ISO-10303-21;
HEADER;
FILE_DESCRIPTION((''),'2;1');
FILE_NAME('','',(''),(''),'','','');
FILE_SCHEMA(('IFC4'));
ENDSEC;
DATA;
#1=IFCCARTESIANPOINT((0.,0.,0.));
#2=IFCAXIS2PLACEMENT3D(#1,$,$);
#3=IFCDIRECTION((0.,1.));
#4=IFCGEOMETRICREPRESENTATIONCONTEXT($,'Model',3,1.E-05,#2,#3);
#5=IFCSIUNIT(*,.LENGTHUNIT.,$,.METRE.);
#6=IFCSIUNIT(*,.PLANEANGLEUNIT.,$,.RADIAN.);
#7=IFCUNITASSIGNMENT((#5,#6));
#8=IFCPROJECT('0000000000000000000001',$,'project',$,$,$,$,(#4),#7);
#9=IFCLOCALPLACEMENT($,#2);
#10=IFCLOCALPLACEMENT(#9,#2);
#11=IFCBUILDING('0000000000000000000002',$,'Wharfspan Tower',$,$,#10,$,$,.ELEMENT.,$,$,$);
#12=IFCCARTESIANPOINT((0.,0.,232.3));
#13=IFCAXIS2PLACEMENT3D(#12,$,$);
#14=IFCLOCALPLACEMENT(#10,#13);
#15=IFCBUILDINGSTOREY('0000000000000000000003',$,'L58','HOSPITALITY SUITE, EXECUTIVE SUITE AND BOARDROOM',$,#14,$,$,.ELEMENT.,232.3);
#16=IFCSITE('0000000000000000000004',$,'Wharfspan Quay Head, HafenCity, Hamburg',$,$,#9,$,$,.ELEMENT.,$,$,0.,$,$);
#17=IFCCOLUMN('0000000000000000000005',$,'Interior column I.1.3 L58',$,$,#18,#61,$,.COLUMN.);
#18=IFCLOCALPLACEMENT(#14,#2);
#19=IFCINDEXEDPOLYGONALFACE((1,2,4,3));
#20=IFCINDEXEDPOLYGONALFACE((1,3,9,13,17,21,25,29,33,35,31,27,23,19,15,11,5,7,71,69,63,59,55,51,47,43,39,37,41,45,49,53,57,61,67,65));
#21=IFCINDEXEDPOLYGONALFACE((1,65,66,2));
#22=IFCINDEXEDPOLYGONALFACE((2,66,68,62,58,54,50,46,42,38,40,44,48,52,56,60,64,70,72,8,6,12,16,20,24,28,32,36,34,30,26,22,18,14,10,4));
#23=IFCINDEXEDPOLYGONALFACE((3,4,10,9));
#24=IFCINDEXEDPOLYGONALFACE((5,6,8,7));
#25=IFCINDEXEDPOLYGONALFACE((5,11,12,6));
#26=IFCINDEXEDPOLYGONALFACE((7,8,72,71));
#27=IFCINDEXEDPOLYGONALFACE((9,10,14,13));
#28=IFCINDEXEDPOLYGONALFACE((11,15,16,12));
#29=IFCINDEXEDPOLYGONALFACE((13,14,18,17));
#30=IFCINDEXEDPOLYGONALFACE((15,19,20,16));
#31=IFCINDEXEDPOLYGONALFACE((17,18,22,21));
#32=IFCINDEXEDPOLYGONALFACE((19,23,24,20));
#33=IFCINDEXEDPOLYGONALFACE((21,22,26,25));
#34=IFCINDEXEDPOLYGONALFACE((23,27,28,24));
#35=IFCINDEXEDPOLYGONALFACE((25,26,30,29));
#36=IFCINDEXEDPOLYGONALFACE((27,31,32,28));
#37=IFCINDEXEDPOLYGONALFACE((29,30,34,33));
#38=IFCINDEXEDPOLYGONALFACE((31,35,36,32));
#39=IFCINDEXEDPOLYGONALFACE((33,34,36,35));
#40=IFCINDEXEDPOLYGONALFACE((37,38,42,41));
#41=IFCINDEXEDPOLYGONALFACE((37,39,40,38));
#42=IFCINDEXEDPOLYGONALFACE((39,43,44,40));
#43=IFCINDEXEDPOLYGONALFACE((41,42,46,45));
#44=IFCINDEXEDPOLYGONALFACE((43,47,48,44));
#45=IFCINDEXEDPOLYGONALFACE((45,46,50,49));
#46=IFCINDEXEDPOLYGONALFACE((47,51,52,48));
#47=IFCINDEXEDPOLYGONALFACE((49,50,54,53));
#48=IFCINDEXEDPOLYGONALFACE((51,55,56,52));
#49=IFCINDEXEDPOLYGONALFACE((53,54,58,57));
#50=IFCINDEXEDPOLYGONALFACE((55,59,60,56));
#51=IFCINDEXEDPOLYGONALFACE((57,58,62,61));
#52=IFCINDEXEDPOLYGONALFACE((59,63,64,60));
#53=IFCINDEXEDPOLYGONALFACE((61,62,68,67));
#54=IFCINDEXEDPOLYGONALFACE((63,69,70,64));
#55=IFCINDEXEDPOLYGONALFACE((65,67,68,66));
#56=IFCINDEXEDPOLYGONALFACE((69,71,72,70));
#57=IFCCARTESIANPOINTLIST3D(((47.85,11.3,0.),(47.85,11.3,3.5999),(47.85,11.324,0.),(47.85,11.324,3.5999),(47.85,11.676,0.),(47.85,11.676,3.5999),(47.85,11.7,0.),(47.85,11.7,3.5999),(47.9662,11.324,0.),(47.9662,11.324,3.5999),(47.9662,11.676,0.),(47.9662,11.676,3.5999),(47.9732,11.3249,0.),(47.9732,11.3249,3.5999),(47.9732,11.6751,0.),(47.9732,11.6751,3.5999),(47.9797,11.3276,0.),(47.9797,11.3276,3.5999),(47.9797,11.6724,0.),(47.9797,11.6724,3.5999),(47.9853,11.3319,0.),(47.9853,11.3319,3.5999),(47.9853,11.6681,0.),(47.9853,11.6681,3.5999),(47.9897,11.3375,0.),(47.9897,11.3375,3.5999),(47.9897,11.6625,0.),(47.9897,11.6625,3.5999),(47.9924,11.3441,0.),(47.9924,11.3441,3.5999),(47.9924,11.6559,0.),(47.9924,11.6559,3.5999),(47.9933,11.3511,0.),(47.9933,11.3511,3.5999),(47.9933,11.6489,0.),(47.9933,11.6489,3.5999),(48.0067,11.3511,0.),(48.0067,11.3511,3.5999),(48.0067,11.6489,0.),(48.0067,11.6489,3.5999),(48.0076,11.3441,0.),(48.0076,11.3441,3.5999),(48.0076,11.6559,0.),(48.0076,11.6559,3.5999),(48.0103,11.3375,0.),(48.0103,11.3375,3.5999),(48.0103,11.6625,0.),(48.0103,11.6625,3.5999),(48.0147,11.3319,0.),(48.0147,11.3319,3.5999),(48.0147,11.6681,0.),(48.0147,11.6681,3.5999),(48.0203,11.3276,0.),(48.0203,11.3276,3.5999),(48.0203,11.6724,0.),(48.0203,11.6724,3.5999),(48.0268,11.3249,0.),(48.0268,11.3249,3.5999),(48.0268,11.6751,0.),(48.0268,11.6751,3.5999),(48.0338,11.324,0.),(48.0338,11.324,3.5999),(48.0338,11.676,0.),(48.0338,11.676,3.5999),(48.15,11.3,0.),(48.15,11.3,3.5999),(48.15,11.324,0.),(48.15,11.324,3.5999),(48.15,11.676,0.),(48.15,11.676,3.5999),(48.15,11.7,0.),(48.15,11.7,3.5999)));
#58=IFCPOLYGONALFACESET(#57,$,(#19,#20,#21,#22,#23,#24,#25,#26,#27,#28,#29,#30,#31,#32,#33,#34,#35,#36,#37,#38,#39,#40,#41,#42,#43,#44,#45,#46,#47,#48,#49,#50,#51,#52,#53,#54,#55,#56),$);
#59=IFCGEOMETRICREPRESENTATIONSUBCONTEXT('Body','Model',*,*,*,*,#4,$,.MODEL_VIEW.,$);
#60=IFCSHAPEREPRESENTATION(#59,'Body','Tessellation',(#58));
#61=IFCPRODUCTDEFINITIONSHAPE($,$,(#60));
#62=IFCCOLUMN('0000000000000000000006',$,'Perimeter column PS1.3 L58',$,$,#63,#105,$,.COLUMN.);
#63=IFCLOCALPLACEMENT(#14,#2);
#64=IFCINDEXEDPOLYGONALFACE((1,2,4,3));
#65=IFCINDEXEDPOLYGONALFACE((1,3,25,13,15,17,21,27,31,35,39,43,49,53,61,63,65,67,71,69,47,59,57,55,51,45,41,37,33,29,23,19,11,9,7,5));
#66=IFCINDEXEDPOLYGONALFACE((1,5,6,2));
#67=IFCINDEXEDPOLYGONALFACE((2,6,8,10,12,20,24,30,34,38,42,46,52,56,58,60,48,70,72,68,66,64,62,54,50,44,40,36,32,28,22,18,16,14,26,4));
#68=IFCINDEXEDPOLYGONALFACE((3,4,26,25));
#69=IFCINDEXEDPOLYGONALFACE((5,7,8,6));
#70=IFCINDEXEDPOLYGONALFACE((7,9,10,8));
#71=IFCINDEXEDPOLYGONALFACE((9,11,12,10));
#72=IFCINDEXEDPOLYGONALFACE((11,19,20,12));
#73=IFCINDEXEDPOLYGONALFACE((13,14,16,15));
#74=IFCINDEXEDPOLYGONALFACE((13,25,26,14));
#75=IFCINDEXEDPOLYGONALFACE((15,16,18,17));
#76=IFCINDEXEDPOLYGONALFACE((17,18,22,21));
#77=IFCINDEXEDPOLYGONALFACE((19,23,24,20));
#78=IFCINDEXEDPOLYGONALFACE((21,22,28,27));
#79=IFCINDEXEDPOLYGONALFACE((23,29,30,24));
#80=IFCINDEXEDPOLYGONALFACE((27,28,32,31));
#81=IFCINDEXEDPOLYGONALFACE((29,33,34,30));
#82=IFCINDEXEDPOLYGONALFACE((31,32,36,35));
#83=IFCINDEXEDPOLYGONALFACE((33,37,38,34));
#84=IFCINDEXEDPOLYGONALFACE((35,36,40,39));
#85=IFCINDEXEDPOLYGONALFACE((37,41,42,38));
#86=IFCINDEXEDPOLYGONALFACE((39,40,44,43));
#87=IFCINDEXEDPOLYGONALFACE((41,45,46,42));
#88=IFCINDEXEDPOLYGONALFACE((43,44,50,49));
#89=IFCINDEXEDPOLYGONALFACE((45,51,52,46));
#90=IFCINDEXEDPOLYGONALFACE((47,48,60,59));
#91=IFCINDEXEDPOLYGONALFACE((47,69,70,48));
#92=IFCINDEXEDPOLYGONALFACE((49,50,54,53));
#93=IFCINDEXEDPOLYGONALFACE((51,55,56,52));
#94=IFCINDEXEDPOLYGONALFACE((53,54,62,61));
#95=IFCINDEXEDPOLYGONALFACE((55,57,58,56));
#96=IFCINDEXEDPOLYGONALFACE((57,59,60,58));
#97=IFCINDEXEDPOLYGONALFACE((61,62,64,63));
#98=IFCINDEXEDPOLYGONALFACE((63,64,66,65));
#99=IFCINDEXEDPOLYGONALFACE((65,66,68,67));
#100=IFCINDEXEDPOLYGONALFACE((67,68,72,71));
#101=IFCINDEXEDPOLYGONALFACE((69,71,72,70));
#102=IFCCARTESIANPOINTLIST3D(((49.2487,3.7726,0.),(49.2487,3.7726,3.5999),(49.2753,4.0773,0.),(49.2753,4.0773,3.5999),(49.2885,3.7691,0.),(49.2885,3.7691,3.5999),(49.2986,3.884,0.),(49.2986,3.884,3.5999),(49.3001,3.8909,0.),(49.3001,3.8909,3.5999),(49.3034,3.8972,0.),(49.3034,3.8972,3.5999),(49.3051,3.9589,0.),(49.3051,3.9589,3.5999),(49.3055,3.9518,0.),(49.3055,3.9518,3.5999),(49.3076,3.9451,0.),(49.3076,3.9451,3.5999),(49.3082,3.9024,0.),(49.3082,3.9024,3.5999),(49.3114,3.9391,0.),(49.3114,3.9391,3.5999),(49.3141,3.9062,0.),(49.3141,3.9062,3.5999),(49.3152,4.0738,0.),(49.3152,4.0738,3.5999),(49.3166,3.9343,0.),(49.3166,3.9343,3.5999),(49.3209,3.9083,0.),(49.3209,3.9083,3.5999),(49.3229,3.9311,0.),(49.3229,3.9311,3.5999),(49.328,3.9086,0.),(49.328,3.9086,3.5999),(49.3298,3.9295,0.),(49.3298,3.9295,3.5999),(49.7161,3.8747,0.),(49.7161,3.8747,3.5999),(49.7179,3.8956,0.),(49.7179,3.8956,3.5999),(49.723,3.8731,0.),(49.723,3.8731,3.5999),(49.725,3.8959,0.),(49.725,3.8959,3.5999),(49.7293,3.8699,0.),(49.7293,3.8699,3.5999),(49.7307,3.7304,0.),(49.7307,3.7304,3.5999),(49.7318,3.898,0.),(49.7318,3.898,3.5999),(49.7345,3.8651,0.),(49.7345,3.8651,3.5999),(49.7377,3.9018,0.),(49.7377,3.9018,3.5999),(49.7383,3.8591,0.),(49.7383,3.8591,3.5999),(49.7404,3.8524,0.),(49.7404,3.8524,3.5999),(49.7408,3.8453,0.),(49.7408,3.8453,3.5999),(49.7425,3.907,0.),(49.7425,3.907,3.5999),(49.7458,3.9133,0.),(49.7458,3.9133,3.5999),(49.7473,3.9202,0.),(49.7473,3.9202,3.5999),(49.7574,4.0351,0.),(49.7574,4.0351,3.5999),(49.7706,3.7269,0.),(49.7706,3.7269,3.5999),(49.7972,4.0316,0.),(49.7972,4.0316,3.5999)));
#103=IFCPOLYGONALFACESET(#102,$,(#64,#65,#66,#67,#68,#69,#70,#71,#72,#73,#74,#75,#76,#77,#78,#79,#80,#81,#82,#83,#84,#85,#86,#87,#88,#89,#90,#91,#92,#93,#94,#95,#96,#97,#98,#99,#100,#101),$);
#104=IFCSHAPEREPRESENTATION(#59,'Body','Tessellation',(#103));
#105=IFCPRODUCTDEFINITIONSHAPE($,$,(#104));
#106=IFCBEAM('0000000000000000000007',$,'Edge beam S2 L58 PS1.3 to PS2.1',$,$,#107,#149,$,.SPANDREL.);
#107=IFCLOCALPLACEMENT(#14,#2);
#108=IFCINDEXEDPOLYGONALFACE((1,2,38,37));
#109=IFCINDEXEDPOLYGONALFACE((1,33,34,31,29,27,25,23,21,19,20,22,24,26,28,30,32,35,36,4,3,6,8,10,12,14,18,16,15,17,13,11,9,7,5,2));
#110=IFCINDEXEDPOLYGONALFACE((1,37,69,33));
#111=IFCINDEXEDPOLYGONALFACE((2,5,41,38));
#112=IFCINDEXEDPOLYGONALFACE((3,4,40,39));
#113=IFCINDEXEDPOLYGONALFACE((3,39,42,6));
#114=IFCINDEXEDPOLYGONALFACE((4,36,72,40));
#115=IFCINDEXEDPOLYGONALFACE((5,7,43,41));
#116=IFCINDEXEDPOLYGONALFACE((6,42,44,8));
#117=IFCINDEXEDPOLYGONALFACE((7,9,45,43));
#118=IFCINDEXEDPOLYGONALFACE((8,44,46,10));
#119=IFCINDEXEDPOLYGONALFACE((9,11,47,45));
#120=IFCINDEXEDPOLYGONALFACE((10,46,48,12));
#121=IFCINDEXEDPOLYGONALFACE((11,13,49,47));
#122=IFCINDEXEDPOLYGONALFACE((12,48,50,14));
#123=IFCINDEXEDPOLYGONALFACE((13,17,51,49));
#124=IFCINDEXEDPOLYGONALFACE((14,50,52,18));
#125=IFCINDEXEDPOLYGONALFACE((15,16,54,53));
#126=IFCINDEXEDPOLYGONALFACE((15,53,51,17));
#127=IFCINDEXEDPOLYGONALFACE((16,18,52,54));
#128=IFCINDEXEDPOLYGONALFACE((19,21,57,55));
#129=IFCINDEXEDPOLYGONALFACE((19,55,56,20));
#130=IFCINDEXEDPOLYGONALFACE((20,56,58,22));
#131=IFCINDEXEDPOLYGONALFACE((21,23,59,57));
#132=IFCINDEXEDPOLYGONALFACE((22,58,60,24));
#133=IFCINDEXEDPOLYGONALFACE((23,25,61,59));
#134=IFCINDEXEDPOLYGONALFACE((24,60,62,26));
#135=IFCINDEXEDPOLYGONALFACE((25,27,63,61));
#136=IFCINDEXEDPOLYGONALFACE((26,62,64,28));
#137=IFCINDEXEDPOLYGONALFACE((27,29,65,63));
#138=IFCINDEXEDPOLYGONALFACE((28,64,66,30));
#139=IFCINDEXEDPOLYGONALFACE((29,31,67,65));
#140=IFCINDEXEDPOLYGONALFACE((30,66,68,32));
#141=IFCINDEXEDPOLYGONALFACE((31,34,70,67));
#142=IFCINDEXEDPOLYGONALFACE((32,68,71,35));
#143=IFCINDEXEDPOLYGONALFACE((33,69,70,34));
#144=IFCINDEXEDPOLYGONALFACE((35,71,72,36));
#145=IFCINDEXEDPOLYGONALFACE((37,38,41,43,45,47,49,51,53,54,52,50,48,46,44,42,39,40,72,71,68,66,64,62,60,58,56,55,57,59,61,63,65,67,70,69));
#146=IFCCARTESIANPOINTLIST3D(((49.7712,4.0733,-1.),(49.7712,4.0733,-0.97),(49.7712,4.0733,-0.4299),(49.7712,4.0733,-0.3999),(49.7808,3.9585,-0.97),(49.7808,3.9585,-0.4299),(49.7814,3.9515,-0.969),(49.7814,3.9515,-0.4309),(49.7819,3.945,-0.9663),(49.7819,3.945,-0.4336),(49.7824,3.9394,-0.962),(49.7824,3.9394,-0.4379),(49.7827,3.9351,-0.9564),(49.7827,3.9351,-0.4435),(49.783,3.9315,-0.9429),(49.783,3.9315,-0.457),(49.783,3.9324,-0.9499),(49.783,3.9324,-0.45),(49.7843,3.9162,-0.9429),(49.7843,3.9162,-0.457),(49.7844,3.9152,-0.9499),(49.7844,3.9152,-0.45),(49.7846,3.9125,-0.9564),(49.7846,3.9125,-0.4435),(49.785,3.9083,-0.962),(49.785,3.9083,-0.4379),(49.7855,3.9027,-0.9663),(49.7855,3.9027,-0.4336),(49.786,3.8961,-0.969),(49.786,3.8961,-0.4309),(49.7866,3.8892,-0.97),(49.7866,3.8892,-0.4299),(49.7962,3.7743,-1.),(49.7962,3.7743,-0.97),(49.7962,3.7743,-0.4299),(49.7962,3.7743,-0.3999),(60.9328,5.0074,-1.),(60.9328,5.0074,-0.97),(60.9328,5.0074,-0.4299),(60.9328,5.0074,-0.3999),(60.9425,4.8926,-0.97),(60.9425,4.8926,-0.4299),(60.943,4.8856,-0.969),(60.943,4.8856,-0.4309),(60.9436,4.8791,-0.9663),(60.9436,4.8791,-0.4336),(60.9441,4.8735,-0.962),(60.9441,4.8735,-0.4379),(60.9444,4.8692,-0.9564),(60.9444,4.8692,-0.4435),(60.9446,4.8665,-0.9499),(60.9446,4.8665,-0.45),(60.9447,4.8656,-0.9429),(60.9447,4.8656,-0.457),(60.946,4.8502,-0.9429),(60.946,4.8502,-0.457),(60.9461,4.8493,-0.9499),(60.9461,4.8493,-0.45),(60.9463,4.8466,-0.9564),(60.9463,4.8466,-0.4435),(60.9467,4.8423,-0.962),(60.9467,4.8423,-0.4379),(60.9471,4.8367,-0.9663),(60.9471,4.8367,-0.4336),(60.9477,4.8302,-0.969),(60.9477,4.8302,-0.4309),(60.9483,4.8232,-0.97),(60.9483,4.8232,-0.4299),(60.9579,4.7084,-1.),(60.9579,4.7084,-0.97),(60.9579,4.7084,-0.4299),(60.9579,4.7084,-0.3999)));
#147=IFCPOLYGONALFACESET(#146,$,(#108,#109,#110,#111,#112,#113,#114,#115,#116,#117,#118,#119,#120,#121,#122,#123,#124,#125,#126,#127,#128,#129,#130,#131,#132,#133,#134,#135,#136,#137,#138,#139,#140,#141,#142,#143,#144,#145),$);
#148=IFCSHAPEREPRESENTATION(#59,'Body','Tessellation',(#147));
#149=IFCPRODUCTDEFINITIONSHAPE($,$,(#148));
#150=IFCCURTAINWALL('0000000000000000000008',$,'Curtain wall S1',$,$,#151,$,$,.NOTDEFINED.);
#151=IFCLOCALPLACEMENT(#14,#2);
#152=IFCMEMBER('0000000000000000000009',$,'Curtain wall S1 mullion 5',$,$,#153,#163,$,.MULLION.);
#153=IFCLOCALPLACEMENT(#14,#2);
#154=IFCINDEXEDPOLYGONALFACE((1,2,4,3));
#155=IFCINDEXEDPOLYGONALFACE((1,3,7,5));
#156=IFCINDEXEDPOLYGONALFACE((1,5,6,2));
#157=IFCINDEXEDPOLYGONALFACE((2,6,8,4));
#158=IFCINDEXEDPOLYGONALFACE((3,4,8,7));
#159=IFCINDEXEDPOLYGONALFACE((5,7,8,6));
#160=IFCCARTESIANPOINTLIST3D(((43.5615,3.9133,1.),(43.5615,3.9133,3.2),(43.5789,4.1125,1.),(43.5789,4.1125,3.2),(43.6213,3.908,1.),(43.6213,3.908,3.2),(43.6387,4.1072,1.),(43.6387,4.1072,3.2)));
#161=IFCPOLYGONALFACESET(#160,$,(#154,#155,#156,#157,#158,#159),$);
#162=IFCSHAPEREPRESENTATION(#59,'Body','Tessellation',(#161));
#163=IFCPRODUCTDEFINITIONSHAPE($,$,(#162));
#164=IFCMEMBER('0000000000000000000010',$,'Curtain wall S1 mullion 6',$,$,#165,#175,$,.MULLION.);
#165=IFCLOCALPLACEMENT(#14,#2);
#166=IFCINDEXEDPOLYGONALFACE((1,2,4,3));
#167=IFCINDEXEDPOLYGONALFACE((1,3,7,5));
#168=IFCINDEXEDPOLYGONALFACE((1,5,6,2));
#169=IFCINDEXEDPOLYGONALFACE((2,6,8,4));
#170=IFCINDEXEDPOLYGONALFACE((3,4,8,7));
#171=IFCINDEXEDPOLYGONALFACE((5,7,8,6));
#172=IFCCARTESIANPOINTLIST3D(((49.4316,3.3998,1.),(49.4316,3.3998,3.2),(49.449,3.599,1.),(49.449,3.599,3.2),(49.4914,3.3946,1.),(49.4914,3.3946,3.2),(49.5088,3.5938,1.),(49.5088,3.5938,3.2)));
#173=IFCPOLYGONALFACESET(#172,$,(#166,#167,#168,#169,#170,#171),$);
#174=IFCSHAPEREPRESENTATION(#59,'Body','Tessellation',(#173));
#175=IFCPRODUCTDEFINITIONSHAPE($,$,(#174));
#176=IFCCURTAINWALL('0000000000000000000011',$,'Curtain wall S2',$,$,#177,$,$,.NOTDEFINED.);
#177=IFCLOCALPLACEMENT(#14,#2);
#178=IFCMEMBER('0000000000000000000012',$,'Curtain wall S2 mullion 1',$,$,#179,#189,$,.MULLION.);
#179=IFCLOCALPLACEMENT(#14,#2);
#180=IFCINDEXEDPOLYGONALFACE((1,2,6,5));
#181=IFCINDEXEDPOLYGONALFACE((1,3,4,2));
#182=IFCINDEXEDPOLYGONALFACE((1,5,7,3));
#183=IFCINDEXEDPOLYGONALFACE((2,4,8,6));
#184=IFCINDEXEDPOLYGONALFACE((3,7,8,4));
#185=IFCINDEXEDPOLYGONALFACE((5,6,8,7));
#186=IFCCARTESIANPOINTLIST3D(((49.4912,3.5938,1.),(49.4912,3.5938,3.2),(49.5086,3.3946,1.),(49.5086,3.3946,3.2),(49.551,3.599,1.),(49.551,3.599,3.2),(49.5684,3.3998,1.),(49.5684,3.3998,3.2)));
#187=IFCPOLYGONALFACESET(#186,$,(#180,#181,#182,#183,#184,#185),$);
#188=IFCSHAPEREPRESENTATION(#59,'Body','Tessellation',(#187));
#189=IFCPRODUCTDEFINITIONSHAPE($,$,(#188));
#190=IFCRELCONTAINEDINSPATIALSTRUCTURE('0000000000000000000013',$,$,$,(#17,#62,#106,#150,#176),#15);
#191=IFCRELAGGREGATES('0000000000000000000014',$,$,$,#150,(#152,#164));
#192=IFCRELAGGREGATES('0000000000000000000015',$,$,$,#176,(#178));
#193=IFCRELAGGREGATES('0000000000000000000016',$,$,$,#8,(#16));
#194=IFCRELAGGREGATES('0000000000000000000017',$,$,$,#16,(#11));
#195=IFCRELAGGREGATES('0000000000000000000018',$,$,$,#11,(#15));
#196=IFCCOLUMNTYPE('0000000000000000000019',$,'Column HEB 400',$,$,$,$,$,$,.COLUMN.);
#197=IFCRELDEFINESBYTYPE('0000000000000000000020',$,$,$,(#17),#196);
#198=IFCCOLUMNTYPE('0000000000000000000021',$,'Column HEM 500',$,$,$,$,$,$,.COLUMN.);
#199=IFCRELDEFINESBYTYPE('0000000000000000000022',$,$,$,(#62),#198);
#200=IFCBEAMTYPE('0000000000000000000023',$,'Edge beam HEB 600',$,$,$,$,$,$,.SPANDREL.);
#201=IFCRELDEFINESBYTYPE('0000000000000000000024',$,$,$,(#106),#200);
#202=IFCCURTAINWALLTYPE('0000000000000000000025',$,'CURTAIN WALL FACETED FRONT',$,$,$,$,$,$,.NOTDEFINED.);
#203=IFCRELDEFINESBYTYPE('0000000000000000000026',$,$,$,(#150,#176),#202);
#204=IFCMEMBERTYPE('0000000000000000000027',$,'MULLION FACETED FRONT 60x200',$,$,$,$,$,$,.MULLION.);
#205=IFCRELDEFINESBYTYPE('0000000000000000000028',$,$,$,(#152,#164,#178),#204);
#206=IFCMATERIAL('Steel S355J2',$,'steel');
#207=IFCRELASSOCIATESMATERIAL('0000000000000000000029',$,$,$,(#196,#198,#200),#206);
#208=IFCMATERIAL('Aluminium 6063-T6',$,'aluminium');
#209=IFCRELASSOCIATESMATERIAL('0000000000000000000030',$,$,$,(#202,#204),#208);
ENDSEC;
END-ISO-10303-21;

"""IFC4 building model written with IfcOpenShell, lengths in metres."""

from ifc_helpers import new_model, si_unit, direction, frame, origin, origin_2d, place, context, subcontext, project, spatial, rectangle, i_section, extrude, material, material_profile, profile_set, type_object, element, aggregate, save


model = new_model("IFC4")

# Units and contexts
model_context = context("Model", 3, precision=1e-05, world=origin(), true_north=direction((0.0, 1.0)))
body_context = subcontext(model_context, "Body", "Model", "MODEL_VIEW")
ifc_project = project(units=[si_unit("LENGTHUNIT", "METRE"), si_unit("PLANEANGLEUNIT", "RADIAN")], contexts=[model_context])

# Site, building, storey
site_placement = place(None, origin())
site = spatial("IfcSite", under=ifc_project, at=site_placement, Name="Wharfspan Quay Head, HafenCity, Hamburg", CompositionType="ELEMENT", RefElevation=0.0)
building_placement = place(site_placement, origin())
building = spatial("IfcBuilding", under=site, at=building_placement, Name="Wharfspan Tower", CompositionType="ELEMENT")
storey_placement = place(building_placement, frame((0.0, 0.0, 232.3)))
storey = spatial("IfcBuildingStorey", under=building, at=storey_placement, Name="L58", Description="HOSPITALITY SUITE, EXECUTIVE SUITE AND BOARDROOM", CompositionType="ELEMENT", Elevation=232.3)

# Columns
ifc_material_1 = material(Name="Steel S355J2", Category="steel")
ifc_material_profile_1 = material_profile(ifc_material_1, i_section(OverallWidth=0.3, OverallDepth=0.3999, WebThickness=0.0134, FlangeThickness=0.0239, FilletRadius=0.0271, at=origin_2d()))
ifc_profile_set_1 = profile_set([ifc_material_profile_1], Name="Steel S355J2")
column_type_1 = type_object("IfcColumnType", Name="Column HEB 400", PredefinedType="COLUMN", material=ifc_profile_set_1)
column_1_placement = place(storey_placement, frame((48.0, 11.5, 0.0), z_axis=(0.0, 0.0, 1.0), x_axis=(1.0, 0.0, 0.0)))
element("IfcColumn", 1, at=column_1_placement, inside=storey, type_object=column_type_1, Name="Interior column I.1.3 L58", PredefinedType="COLUMN", context=body_context, shape_type="SweptSolid", body=[
    extrude(i_section(OverallWidth=0.3, OverallDepth=0.3999, WebThickness=0.0134, FlangeThickness=0.0239, FilletRadius=0.0271, at=origin_2d()), origin(), (0.0, 0.0, 1.0), 3.5999),
])
ifc_material_profile_2 = material_profile(ifc_material_1, i_section(OverallWidth=0.3059, OverallDepth=0.5239, WebThickness=0.021, FlangeThickness=0.04, FilletRadius=0.0271, at=origin_2d()))
ifc_profile_set_2 = profile_set([ifc_material_profile_2], Name="Steel S355J2")
column_type_2 = type_object("IfcColumnType", Name="Column HEM 500", PredefinedType="COLUMN", material=ifc_profile_set_2)
column_2_placement = place(storey_placement, frame((49.5229, 3.9021, 0.0), z_axis=(0.0, 0.0, 1.0), x_axis=(-0.087156, -0.996197, 0.0)))
element("IfcColumn", 2, at=column_2_placement, inside=storey, type_object=column_type_2, Name="Perimeter column PS1.3 L58", PredefinedType="COLUMN", context=body_context, shape_type="SweptSolid", body=[
    extrude(i_section(OverallWidth=0.3059, OverallDepth=0.5239, WebThickness=0.021, FlangeThickness=0.04, FilletRadius=0.0271, at=origin_2d()), origin(), (0.0, 0.0, 1.0), 3.5999),
])

# Beam
ifc_material_profile_3 = material_profile(ifc_material_1, i_section(OverallWidth=0.3, OverallDepth=0.6001, WebThickness=0.0154, FlangeThickness=0.03, FilletRadius=0.0271, at=origin_2d()))
ifc_profile_set_3 = profile_set([ifc_material_profile_3], Name="Steel S355J2")
beam_type = type_object("IfcBeamType", Name="Edge beam HEB 600", PredefinedType="SPANDREL", material=ifc_profile_set_3)
beam_placement = place(storey_placement, frame((49.7837, 3.9238, -0.7), z_axis=(0.996517, 0.083395, 0.0), x_axis=(-0.083395, 0.996517, 0.0)))
element("IfcBeam", 3, at=beam_placement, inside=storey, type_object=beam_type, Name="Edge beam S2 L58 PS1.3 to PS2.1", PredefinedType="SPANDREL", context=body_context, shape_type="SweptSolid", body=[
    extrude(i_section(OverallWidth=0.3, OverallDepth=0.6001, WebThickness=0.0154, FlangeThickness=0.03, FilletRadius=0.0271, at=origin_2d()), origin(), (0.0, 0.0, 1.0), 11.2007),
])

# Curtain walls, members
ifc_material_2 = material(Name="Aluminium 6063-T6", Category="aluminium")
curtain_wall_type = type_object("IfcCurtainWallType", Name="CURTAIN WALL FACETED FRONT", PredefinedType="NOTDEFINED", material=ifc_material_2)
curtain_wall_1_placement = place(storey_placement, origin())
curtain_wall_1 = element("IfcCurtainWall", 4, at=curtain_wall_1_placement, inside=storey, type_object=curtain_wall_type, Name="Curtain wall S1", PredefinedType="NOTDEFINED")
ifc_material_profile_4 = material_profile(ifc_material_2, rectangle(XDim=0.2, YDim=0.0601, at=origin_2d()))
ifc_profile_set_4 = profile_set([ifc_material_profile_4], Name="Aluminium 6063-T6")
member_type_1 = type_object("IfcMemberType", Name="MULLION FACETED FRONT 60x200", PredefinedType="MULLION", material=ifc_profile_set_4)
member_1_placement = place(storey_placement, frame((43.6001, 4.0103, 1.0), z_axis=(0.0, 0.0, 1.0), x_axis=(0.087156, 0.996197, 0.0)))
member_1 = element("IfcMember", 5, at=member_1_placement, type_object=member_type_1, Name="Curtain wall S1 mullion 5", PredefinedType="MULLION", context=body_context, shape_type="SweptSolid", body=[
    extrude(rectangle(XDim=0.2, YDim=0.0601, at=origin_2d()), origin(), (0.0, 0.0, 1.0), 2.2),
])
member_2_placement = place(storey_placement, frame((49.4702, 3.4968, 1.0), z_axis=(0.0, 0.0, 1.0), x_axis=(0.087156, 0.996197, 0.0)))
member_2 = element("IfcMember", 6, at=member_2_placement, type_object=member_type_1, Name="Curtain wall S1 mullion 6", PredefinedType="MULLION", context=body_context, shape_type="SweptSolid", body=[
    extrude(rectangle(XDim=0.2, YDim=0.0601, at=origin_2d()), origin(), (0.0, 0.0, 1.0), 2.2),
])
curtain_wall_2_placement = place(storey_placement, origin())
curtain_wall_2 = element("IfcCurtainWall", 7, at=curtain_wall_2_placement, inside=storey, type_object=curtain_wall_type, Name="Curtain wall S2", PredefinedType="NOTDEFINED")
member_3_placement = place(storey_placement, frame((49.5298, 3.4968, 1.0), z_axis=(0.0, 0.0, 1.0), x_axis=(-0.087156, 0.996197, 0.0)))
member_3 = element("IfcMember", 8, at=member_3_placement, type_object=member_type_1, Name="Curtain wall S2 mullion 1", PredefinedType="MULLION", context=body_context, shape_type="SweptSolid", body=[
    extrude(rectangle(XDim=0.2, YDim=0.0601, at=origin_2d()), origin(), (0.0, 0.0, 1.0), 2.2),
])

aggregate(curtain_wall_1, [member_1, member_2])
aggregate(curtain_wall_2, [member_3])

save(model, "model.ifc")
